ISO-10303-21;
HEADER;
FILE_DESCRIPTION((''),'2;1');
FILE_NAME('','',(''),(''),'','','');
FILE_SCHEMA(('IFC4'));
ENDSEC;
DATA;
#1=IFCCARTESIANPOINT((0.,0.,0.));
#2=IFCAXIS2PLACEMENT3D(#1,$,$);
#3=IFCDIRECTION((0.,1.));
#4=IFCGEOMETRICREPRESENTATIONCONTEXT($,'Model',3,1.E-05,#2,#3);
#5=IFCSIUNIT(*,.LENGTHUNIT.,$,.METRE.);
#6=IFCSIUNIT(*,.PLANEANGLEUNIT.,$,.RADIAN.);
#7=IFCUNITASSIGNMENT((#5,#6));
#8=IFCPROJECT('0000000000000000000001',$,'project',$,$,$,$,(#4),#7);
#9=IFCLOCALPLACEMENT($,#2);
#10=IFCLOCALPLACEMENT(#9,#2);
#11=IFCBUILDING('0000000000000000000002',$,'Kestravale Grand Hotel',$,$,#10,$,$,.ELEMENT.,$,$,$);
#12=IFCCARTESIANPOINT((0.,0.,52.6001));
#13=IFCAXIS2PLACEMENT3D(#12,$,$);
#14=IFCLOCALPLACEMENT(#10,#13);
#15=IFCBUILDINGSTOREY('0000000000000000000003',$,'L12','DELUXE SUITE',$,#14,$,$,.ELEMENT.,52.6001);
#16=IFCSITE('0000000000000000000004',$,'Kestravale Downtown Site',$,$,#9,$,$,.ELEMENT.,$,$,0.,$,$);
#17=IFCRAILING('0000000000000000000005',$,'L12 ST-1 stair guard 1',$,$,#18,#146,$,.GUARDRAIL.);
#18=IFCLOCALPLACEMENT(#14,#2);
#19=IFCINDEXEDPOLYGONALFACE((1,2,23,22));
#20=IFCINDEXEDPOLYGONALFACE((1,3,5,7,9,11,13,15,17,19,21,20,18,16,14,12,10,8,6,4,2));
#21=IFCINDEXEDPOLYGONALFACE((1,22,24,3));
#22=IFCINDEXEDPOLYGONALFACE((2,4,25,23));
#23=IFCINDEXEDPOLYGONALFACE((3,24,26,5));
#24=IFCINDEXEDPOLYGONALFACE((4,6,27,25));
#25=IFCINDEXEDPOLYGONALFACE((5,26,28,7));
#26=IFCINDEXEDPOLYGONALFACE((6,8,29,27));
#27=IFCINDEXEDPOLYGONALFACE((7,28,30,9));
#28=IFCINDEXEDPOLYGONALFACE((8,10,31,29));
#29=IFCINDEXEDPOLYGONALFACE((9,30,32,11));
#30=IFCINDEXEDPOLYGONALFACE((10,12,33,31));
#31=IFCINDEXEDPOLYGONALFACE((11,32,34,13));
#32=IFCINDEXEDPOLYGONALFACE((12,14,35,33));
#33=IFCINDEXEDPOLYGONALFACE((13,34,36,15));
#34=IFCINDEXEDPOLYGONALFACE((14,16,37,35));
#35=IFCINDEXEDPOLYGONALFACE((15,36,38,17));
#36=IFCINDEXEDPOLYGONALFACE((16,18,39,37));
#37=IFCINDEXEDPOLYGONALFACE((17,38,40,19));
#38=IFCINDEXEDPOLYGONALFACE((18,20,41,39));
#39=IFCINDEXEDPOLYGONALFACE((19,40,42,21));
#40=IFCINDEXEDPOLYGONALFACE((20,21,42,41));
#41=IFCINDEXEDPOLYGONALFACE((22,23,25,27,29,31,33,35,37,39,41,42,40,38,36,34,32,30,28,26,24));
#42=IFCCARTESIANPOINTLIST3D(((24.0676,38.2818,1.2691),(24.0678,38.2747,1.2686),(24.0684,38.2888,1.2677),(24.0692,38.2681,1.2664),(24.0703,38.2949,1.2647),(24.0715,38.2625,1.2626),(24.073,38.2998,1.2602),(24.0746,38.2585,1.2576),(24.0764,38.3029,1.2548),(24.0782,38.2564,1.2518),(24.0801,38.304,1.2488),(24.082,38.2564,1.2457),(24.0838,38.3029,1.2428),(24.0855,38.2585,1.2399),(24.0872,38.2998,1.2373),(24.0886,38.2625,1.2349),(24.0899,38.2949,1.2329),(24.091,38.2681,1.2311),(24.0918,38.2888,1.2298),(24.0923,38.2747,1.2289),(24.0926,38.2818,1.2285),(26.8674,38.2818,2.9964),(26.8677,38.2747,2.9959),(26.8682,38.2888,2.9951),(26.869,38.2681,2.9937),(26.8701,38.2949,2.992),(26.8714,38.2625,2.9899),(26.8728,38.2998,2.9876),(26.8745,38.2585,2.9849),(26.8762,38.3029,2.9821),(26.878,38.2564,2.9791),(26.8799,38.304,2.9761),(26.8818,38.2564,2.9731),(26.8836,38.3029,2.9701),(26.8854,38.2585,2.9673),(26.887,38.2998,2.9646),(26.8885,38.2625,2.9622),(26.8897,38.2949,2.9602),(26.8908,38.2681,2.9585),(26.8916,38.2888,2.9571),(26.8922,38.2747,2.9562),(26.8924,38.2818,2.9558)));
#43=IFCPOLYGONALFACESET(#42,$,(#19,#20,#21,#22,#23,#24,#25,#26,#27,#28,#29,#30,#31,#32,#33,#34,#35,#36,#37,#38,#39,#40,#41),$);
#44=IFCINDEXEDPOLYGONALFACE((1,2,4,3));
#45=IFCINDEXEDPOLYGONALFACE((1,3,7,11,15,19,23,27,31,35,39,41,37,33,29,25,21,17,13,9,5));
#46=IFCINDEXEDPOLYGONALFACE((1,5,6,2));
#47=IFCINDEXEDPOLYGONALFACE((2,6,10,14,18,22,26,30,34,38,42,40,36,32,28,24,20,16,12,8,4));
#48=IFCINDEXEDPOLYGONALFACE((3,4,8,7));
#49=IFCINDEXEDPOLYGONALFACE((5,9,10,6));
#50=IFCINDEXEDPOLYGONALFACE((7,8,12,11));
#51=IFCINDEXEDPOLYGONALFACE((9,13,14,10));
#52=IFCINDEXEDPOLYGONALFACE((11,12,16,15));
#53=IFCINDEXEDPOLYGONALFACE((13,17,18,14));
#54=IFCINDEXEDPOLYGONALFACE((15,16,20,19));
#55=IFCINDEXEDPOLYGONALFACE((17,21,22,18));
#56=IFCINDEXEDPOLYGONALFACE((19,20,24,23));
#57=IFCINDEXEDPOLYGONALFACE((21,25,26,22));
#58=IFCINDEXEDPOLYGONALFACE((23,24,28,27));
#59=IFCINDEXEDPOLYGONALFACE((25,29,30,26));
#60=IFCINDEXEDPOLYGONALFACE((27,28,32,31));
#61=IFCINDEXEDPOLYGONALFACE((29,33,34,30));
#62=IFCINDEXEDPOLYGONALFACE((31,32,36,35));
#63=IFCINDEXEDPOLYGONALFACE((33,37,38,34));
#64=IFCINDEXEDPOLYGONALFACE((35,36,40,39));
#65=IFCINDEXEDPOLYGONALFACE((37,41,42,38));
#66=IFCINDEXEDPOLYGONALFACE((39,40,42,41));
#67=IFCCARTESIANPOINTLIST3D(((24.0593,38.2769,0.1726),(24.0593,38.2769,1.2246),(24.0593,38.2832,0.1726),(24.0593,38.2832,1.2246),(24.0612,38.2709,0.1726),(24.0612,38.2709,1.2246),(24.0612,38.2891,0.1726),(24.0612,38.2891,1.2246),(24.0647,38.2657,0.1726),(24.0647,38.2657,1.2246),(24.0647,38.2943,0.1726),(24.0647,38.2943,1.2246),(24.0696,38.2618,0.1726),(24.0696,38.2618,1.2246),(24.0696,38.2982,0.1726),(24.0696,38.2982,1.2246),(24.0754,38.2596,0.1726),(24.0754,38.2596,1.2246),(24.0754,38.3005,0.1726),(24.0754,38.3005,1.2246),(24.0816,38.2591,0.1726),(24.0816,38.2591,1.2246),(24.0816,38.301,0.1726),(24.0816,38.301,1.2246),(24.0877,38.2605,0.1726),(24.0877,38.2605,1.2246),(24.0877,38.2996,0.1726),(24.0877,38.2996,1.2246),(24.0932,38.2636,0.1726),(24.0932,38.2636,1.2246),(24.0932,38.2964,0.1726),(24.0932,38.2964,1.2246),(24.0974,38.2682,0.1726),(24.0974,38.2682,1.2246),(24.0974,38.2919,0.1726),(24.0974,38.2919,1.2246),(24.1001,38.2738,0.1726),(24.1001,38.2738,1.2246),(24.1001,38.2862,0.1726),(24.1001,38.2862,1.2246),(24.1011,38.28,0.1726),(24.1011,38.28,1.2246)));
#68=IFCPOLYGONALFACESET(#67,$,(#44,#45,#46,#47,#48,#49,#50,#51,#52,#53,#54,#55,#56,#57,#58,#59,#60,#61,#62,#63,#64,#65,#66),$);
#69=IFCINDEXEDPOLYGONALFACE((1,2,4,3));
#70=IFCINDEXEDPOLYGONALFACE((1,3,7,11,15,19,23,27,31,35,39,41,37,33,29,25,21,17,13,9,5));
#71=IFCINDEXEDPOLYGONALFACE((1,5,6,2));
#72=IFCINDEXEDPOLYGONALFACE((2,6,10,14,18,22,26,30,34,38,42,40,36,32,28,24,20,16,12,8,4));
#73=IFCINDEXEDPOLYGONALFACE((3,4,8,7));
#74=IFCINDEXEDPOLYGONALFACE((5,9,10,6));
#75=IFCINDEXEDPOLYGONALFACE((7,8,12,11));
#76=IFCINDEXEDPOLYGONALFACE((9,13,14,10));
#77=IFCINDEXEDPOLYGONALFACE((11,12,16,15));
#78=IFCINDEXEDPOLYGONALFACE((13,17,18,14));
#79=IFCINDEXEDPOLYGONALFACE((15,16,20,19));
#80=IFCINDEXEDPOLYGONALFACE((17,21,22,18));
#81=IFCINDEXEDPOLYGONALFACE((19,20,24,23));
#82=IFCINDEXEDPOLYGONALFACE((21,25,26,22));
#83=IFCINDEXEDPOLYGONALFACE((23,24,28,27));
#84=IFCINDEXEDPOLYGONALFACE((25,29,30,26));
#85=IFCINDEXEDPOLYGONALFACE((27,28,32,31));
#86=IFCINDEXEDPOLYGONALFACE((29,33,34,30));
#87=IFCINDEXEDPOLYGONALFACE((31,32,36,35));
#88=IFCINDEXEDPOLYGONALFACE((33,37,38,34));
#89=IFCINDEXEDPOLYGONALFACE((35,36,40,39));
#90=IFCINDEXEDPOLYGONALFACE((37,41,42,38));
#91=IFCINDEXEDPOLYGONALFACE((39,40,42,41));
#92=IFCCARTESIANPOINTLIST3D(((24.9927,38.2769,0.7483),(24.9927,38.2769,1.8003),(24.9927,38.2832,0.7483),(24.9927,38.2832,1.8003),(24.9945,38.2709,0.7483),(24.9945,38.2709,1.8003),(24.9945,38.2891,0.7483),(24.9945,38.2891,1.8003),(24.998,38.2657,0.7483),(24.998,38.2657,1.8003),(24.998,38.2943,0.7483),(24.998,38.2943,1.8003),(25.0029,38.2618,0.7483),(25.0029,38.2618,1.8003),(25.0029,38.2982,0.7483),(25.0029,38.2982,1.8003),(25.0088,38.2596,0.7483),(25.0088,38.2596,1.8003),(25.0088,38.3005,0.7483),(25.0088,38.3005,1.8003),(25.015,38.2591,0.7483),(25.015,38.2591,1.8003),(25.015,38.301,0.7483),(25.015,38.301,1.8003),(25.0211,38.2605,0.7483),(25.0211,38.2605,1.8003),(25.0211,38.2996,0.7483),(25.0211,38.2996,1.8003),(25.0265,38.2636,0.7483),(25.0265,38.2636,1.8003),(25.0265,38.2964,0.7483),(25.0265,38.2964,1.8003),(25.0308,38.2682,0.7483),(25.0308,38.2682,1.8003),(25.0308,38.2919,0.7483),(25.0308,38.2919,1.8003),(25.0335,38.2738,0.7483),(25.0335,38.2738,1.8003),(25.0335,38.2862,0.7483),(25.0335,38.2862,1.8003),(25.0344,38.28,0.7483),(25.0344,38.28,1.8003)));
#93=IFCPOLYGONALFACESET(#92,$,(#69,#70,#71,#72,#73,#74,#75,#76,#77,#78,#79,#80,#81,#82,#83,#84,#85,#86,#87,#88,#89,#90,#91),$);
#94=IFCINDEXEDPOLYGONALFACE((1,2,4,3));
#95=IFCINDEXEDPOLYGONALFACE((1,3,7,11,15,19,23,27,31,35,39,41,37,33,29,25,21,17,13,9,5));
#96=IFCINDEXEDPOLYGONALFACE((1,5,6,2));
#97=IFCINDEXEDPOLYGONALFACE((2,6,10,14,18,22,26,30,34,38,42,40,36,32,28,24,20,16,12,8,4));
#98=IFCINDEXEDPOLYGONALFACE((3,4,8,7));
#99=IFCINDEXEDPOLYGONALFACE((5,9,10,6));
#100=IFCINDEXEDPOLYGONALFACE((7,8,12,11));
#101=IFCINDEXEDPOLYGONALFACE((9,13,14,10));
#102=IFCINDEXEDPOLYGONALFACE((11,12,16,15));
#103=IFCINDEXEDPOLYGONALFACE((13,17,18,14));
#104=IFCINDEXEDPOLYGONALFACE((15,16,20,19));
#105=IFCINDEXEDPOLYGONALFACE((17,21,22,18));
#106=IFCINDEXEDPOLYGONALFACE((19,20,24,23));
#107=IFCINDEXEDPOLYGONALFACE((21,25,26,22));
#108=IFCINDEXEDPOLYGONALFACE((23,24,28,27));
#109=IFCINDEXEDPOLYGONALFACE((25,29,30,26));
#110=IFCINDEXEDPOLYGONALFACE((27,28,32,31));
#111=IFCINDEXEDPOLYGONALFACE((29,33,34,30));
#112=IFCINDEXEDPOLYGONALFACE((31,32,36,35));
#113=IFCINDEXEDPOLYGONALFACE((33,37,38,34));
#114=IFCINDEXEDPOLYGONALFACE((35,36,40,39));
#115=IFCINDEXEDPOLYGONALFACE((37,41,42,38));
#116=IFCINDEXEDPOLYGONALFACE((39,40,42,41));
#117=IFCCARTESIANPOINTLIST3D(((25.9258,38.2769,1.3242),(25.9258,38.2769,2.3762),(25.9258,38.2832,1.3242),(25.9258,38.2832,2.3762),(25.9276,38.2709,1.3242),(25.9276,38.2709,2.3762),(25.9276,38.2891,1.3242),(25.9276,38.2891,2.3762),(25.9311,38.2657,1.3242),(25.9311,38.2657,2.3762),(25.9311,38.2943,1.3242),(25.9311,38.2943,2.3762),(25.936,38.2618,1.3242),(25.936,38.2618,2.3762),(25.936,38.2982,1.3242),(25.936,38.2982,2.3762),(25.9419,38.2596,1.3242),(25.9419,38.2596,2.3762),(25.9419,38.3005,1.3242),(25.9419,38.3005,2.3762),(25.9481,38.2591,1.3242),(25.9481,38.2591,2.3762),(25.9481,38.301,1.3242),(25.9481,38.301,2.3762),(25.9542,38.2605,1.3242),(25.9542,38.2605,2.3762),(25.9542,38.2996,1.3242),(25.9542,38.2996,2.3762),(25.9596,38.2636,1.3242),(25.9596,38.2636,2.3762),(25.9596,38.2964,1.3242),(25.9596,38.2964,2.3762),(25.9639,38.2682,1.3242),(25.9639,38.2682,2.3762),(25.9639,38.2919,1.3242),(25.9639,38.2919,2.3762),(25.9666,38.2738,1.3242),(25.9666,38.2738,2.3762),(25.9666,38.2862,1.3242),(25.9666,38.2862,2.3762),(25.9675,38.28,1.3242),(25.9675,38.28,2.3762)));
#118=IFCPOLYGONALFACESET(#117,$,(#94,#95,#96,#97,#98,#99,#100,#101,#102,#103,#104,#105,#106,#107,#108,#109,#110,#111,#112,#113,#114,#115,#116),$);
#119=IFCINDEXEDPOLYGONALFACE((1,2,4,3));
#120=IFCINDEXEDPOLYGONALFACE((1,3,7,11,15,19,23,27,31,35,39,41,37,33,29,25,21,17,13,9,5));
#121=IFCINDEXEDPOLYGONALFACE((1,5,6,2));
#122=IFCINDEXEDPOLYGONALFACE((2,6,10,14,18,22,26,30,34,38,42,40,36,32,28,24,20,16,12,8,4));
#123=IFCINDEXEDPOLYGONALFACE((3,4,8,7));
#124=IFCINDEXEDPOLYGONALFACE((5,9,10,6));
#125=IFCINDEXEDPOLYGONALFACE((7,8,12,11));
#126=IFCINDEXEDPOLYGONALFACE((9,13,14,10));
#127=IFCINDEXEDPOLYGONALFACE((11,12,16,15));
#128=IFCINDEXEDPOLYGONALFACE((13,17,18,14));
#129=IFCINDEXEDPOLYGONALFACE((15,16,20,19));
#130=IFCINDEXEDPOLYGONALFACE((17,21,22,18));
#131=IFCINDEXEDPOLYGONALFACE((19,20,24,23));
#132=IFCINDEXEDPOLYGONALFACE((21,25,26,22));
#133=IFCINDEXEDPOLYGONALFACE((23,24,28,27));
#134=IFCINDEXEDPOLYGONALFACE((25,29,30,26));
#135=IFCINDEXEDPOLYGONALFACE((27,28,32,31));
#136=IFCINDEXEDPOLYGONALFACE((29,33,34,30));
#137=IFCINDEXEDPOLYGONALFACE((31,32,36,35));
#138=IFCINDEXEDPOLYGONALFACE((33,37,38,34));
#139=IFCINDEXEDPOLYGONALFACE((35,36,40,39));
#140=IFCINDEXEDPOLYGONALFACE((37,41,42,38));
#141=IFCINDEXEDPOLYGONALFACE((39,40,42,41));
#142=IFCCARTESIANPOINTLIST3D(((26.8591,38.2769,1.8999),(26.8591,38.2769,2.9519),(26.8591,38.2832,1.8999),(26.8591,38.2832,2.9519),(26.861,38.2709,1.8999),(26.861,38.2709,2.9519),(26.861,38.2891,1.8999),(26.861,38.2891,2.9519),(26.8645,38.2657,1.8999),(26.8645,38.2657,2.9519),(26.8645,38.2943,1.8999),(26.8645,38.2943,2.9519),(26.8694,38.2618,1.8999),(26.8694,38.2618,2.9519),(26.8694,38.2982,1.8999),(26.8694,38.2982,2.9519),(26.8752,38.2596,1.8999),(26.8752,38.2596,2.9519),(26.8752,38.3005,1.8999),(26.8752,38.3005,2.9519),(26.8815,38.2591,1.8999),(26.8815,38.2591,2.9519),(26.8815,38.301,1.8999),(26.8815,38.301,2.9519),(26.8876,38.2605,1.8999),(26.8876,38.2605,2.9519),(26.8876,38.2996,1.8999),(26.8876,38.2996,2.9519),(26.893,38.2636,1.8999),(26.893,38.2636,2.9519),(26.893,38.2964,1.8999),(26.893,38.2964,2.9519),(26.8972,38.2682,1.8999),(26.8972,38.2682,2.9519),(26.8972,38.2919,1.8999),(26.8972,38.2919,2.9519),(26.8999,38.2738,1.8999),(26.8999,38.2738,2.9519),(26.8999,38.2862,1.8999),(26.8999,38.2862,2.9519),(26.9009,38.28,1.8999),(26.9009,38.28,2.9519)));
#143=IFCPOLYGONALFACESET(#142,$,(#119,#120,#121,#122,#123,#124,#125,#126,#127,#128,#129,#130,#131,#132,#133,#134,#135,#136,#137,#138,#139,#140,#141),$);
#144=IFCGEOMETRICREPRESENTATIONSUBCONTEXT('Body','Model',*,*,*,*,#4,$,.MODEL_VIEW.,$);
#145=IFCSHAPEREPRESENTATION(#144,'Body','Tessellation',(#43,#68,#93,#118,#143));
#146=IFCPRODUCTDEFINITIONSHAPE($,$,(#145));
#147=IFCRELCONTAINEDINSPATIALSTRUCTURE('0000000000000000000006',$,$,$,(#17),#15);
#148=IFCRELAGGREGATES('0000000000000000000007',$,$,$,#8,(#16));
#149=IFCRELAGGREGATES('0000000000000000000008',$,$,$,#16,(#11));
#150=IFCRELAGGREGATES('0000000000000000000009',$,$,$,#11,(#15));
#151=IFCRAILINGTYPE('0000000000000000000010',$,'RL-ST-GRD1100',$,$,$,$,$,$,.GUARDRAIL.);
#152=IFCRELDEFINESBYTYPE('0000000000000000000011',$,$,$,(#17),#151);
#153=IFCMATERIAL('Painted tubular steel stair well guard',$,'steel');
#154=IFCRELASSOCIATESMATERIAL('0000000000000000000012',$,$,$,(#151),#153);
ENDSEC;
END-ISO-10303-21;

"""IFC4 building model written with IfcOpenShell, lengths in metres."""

from ifc_helpers import new_model, si_unit, direction, frame, origin, origin_2d, place, context, subcontext, project, spatial, circle, extrude, material, type_object, element, save


model = new_model("IFC4")

# Units and contexts
model_context = context("Model", 3, precision=1e-05, world=origin(), true_north=direction((0.0, 1.0)))
body_context = subcontext(model_context, "Body", "Model", "MODEL_VIEW")
ifc_project = project(units=[si_unit("LENGTHUNIT", "METRE"), si_unit("PLANEANGLEUNIT", "RADIAN")], contexts=[model_context])

# Site, building, storey
site_placement = place(None, origin())
site = spatial("IfcSite", under=ifc_project, at=site_placement, Name="Kestravale Downtown Site", CompositionType="ELEMENT", RefElevation=0.0)
building_placement = place(site_placement, origin())
building = spatial("IfcBuilding", under=site, at=building_placement, Name="Kestravale Grand Hotel", CompositionType="ELEMENT")
storey_placement = place(building_placement, frame((0.0, 0.0, 52.6001)))
storey = spatial("IfcBuildingStorey", under=building, at=storey_placement, Name="L12", Description="DELUXE SUITE", CompositionType="ELEMENT", Elevation=52.6001)

# Railing
ifc_material_1 = material(Name="Painted tubular steel stair well guard", Category="steel")
railing_type_1 = type_object("IfcRailingType", Name="RL-ST-GRD1100", PredefinedType="GUARDRAIL", material=ifc_material_1)
railing_1_placement = place(storey_placement, frame((24.0801, 38.28, 0.1726)))
element("IfcRailing", 1, at=railing_1_placement, inside=storey, type_object=railing_type_1, Name="L12 ST-1 stair guard 1", PredefinedType="GUARDRAIL", context=body_context, shape_type="SweptSolid", body=[
    extrude(circle(Radius=0.0239, at=origin_2d()), frame((0.0, 0.0, 1.0762), z_axis=(0.851069, 0.0, 0.525054), x_axis=(0.0, 1.0, 0.0)), (0.0, 0.0, 1.0), 3.2898),
    extrude(circle(Radius=0.021, at=origin_2d()), origin(), (0.0, 0.0, 1.0), 1.052),
    extrude(circle(Radius=0.021, at=origin_2d()), frame((0.9333, 0.0, 0.5757)), (0.0, 0.0, 1.0), 1.052),
    extrude(circle(Radius=0.021, at=origin_2d()), frame((1.8665, 0.0, 1.1516)), (0.0, 0.0, 1.0), 1.052),
    extrude(circle(Radius=0.021, at=origin_2d()), frame((2.7998, 0.0, 1.7273)), (0.0, 0.0, 1.0), 1.052),
])

save(model, "model.ifc")
